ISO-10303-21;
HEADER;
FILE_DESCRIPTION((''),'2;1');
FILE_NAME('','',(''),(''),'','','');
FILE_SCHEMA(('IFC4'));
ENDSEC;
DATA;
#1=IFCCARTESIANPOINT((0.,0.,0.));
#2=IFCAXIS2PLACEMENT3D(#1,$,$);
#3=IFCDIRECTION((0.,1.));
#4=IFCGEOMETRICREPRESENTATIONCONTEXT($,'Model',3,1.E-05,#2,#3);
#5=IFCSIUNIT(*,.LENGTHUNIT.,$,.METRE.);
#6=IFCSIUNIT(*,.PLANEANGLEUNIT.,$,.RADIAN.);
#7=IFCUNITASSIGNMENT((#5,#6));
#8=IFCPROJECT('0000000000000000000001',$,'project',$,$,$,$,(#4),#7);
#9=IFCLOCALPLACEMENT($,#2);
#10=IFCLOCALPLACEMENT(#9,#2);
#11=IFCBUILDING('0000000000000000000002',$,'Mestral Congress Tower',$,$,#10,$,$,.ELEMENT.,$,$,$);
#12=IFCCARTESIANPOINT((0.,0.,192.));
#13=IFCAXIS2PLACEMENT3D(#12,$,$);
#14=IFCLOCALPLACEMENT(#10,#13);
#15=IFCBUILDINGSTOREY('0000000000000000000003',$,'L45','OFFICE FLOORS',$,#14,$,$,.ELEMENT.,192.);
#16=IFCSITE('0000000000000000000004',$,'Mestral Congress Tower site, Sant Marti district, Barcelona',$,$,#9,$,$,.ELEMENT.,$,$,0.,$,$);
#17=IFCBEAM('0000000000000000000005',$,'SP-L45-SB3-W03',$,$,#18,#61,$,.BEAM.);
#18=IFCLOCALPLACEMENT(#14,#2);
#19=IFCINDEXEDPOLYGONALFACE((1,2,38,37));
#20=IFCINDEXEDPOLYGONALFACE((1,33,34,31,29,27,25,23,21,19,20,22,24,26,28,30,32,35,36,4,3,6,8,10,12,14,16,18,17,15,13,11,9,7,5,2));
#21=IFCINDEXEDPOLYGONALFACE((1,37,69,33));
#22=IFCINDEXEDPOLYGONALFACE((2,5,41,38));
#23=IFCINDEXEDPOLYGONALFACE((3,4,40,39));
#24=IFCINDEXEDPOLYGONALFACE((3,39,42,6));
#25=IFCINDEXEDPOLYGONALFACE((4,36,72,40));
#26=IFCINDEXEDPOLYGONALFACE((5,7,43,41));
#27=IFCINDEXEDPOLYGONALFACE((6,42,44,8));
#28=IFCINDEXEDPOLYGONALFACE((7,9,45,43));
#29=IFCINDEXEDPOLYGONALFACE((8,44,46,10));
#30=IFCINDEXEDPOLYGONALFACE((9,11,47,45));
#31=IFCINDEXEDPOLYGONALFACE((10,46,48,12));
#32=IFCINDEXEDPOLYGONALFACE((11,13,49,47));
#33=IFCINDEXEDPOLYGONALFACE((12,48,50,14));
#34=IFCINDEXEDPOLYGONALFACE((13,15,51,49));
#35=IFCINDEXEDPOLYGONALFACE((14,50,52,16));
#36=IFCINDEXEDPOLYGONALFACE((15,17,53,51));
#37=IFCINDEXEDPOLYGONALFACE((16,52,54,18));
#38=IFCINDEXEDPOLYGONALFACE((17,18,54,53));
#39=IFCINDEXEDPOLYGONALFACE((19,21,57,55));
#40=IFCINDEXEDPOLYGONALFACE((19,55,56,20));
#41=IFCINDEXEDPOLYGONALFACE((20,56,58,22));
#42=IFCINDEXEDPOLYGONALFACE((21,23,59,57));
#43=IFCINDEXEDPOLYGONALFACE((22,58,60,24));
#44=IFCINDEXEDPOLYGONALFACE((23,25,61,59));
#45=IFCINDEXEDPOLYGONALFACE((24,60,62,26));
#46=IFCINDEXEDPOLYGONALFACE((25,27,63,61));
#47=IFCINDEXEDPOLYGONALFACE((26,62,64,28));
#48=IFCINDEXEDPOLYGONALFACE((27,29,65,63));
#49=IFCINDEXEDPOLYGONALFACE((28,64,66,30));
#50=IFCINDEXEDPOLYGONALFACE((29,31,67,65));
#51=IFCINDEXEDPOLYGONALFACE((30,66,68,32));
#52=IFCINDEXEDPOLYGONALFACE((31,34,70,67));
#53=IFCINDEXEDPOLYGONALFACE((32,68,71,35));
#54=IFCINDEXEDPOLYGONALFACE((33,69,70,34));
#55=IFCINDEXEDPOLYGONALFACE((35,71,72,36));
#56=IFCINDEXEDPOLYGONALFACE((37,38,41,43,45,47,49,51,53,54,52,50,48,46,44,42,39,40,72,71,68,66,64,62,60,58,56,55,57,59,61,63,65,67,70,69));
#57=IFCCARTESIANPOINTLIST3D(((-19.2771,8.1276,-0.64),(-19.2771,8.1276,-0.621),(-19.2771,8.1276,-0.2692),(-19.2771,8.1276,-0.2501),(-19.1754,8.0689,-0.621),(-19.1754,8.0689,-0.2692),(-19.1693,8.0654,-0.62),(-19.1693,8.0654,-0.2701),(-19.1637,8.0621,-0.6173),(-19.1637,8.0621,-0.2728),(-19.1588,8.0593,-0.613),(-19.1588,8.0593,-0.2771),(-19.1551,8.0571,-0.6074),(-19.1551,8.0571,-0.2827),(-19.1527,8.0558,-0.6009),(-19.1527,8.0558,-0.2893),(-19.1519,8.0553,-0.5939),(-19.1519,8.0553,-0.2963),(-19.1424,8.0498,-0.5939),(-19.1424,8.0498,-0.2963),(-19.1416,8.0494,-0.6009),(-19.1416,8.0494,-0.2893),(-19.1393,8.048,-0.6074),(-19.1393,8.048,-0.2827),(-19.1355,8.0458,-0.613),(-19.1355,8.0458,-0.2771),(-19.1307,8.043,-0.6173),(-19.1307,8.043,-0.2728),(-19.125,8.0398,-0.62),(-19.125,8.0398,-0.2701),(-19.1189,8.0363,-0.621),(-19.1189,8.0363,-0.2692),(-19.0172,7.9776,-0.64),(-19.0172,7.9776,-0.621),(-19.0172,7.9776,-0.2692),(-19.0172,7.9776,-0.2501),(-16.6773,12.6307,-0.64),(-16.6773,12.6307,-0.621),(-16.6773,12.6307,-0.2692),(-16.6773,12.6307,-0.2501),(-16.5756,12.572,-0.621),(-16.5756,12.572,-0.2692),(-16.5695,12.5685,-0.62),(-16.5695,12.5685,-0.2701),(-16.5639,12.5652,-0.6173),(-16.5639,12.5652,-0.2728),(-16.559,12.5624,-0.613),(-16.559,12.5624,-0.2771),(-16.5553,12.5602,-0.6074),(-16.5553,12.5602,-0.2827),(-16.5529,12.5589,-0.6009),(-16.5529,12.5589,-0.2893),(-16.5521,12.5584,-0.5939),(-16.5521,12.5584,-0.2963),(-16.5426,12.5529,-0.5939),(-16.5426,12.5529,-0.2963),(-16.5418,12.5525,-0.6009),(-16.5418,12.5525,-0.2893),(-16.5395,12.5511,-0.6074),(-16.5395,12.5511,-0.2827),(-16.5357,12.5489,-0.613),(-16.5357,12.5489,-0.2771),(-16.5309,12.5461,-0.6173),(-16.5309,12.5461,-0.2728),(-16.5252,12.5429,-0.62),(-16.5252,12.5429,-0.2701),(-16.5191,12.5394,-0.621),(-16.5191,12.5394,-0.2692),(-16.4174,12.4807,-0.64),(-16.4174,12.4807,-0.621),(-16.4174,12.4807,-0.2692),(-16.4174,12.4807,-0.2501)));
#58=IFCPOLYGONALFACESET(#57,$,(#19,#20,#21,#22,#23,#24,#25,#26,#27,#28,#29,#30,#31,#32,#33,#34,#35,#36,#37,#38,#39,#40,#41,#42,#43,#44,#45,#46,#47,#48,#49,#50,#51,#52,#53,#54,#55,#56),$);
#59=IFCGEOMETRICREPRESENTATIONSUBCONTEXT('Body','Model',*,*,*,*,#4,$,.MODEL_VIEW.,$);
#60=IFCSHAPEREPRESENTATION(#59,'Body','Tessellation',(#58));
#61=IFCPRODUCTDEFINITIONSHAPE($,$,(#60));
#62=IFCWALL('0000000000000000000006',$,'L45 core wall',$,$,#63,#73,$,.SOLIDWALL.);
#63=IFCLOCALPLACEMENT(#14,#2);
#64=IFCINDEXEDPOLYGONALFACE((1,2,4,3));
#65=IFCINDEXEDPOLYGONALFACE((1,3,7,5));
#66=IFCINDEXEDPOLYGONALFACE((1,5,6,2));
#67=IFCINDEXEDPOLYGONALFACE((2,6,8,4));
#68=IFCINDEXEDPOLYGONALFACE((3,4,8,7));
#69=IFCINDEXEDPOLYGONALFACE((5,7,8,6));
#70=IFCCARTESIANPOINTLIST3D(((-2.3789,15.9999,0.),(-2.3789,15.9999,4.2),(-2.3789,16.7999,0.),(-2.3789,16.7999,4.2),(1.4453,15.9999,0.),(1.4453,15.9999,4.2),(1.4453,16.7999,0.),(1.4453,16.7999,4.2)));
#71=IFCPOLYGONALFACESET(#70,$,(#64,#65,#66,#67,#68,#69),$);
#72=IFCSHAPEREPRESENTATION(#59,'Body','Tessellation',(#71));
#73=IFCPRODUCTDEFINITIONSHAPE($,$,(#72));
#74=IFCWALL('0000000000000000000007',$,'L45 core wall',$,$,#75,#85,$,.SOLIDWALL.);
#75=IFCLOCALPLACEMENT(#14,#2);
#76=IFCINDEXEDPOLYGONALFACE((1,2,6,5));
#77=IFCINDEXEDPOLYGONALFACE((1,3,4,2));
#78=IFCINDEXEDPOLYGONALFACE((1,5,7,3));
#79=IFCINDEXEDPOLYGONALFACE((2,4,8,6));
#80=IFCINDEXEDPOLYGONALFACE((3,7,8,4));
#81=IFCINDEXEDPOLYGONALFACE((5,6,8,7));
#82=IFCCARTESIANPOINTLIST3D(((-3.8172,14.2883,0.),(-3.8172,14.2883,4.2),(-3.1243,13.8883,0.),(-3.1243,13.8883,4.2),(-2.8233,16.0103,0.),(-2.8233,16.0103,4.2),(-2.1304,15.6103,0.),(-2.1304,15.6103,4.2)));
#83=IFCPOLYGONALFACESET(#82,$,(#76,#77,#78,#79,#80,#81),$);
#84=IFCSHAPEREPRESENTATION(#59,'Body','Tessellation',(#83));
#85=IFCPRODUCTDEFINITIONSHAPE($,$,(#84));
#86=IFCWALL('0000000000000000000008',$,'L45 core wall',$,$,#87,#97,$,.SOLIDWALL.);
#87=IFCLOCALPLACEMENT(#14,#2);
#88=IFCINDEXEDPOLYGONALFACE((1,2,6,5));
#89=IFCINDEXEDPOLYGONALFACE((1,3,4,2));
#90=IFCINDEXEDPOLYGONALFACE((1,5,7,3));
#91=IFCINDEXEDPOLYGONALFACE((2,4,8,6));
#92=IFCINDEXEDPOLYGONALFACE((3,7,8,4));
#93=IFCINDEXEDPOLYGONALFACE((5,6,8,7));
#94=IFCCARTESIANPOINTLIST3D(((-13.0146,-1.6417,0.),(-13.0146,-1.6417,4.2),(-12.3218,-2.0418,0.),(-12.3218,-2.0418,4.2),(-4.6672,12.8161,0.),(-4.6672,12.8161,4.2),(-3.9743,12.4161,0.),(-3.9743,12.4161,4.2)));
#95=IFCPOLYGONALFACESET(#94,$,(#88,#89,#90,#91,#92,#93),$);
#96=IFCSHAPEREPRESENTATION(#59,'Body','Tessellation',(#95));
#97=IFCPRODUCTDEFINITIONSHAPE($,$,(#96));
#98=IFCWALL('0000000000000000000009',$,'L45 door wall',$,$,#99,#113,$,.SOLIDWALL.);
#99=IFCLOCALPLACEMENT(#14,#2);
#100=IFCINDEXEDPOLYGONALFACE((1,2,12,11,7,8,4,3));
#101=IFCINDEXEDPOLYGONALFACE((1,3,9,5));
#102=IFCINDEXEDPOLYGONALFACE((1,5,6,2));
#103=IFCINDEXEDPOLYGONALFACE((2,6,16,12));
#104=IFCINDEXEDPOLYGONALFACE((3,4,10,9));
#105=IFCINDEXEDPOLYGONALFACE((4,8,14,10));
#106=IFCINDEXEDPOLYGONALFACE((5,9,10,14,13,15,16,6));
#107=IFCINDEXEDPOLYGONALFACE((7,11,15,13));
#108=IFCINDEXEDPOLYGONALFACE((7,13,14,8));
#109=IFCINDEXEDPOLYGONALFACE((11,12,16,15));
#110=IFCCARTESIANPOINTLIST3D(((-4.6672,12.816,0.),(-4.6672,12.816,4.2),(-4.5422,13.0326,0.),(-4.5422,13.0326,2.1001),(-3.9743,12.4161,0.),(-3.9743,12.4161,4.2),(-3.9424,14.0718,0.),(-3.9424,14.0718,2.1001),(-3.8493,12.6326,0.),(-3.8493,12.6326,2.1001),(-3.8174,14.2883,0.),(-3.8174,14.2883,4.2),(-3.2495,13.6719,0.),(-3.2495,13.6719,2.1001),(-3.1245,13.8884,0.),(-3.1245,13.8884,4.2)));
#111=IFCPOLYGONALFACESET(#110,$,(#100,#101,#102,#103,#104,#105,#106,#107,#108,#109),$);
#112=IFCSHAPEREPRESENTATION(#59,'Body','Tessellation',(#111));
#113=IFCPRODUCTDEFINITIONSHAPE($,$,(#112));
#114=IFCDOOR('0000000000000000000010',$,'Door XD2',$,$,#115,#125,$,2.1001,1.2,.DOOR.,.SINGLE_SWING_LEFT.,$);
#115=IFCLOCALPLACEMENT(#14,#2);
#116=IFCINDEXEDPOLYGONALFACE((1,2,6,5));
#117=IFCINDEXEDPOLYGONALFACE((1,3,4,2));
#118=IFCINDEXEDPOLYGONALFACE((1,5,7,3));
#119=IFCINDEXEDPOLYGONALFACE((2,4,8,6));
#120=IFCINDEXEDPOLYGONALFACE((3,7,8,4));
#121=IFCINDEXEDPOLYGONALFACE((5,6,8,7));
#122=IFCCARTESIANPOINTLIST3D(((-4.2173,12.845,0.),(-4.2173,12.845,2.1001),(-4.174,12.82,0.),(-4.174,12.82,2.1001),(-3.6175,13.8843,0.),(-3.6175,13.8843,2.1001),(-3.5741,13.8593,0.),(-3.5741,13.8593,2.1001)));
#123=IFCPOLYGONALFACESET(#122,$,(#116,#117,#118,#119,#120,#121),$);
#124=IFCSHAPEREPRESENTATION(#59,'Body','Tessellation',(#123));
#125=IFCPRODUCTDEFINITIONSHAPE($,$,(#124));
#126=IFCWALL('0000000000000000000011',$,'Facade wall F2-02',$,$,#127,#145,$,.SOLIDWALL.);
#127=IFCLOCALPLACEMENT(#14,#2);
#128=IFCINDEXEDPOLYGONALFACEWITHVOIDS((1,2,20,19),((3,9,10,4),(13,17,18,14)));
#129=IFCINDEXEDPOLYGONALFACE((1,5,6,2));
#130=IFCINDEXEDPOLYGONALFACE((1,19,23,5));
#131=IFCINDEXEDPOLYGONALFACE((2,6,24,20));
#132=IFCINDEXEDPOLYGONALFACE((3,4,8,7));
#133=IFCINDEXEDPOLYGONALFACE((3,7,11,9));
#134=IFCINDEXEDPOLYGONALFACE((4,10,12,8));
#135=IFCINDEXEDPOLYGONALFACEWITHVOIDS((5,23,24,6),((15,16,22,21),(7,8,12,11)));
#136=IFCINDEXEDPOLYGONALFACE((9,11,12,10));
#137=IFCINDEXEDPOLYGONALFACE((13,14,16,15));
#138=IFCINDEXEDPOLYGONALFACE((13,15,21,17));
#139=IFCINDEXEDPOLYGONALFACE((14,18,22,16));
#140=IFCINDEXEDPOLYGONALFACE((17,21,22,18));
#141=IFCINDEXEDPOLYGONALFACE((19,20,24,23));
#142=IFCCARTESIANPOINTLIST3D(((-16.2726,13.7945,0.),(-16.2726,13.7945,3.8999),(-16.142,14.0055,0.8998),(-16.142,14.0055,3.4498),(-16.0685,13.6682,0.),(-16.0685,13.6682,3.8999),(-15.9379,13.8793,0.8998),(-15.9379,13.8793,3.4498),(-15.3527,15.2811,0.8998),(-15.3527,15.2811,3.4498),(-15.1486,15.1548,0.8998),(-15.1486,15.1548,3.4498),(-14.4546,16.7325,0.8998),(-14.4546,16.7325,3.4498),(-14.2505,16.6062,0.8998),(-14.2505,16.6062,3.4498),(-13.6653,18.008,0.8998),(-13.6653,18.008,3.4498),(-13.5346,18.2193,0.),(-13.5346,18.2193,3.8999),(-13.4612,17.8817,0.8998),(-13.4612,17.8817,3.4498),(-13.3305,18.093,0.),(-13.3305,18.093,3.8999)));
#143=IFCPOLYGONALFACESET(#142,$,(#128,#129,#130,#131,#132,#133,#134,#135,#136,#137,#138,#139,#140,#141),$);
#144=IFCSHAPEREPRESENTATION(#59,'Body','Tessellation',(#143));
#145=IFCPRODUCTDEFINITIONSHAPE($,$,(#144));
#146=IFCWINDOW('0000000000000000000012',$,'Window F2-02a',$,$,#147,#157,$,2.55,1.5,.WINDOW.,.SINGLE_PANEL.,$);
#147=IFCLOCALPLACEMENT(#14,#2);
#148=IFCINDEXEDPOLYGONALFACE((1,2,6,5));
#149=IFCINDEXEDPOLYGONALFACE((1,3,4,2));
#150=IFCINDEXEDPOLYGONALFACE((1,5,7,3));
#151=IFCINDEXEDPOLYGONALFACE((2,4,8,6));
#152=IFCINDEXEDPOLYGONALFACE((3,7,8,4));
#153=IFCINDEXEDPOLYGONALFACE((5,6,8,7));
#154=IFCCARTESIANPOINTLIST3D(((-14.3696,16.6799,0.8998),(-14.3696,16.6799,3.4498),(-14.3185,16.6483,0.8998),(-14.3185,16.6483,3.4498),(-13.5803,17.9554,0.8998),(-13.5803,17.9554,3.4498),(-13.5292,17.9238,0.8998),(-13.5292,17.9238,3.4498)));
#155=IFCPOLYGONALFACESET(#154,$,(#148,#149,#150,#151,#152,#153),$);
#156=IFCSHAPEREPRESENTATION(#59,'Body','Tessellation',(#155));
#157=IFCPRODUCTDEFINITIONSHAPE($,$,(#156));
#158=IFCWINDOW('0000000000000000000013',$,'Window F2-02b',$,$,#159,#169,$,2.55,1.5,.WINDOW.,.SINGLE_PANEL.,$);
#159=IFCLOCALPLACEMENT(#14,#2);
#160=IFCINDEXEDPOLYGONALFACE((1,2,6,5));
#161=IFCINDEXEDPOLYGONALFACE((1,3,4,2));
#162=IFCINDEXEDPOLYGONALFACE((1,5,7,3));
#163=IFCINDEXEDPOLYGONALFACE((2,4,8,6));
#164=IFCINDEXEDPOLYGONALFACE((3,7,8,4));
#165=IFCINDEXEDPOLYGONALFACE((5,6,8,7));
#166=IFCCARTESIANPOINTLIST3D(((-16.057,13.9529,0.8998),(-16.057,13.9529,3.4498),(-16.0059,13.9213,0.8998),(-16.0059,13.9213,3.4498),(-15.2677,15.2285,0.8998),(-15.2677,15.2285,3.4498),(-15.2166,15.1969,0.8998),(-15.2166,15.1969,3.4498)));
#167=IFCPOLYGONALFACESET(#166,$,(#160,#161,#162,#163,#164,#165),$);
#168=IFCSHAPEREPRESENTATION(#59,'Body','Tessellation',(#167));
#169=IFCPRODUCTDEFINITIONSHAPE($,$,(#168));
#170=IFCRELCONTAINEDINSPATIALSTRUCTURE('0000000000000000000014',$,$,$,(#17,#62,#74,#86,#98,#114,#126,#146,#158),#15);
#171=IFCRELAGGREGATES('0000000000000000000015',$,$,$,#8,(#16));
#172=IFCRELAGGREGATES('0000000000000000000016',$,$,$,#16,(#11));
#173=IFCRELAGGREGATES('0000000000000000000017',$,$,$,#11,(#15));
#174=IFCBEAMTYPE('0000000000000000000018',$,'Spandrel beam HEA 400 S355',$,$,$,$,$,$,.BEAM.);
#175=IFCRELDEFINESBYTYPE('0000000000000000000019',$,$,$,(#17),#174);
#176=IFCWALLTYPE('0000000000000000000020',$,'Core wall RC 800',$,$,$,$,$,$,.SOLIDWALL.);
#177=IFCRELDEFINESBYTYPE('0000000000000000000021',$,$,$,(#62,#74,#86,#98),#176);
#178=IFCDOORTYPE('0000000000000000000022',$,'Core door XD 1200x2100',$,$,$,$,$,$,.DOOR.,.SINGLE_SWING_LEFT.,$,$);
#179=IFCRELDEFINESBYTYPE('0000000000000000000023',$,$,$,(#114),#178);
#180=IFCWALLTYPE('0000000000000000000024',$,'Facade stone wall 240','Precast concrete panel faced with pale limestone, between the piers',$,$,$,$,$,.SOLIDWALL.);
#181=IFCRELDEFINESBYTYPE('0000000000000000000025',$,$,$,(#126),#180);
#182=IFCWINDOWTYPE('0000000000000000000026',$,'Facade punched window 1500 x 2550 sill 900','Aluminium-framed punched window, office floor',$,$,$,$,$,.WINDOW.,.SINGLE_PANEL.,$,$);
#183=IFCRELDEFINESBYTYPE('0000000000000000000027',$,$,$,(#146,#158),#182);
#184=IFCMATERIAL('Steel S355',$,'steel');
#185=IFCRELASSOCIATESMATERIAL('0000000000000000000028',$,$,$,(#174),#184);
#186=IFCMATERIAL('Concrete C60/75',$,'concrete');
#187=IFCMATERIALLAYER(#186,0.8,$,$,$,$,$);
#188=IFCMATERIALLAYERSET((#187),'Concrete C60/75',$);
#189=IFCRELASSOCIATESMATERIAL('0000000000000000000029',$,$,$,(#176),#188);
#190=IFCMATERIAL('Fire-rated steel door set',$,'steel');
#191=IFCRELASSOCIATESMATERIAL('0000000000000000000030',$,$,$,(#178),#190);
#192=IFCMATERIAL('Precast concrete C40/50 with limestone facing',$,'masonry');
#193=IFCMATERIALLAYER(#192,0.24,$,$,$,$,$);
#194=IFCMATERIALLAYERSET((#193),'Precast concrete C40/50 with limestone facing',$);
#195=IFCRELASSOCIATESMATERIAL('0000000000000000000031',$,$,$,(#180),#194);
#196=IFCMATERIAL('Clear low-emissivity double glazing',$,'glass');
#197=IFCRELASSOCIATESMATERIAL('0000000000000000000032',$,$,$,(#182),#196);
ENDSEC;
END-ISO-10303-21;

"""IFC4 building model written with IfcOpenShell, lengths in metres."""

from ifc_helpers import new_model, si_unit, direction, frame, frame_2d, origin, origin_2d, place, context, subcontext, project, spatial, rectangle, i_section, extrude, material, layer, layer_set, material_profile, profile_set, type_object, element, fill, save


model = new_model("IFC4")

# Units and contexts
model_context = context("Model", 3, precision=1e-05, world=origin(), true_north=direction((0.0, 1.0)))
body_context = subcontext(model_context, "Body", "Model", "MODEL_VIEW")
ifc_project = project(units=[si_unit("LENGTHUNIT", "METRE"), si_unit("PLANEANGLEUNIT", "RADIAN")], contexts=[model_context])

# Site, building, storey
site_placement = place(None, origin())
site = spatial("IfcSite", under=ifc_project, at=site_placement, Name="Mestral Congress Tower site, Sant Marti district, Barcelona", CompositionType="ELEMENT", RefElevation=0.0)
building_placement = place(site_placement, origin())
building = spatial("IfcBuilding", under=site, at=building_placement, Name="Mestral Congress Tower", CompositionType="ELEMENT")
storey_placement = place(building_placement, frame((0.0, 0.0, 192.0)))
storey = spatial("IfcBuildingStorey", under=building, at=storey_placement, Name="L45", Description="OFFICE FLOORS", CompositionType="ELEMENT", Elevation=192.0)

# Shared definitions
ifc_material_1 = material(Name="Concrete C60/75", Category="concrete")

# Beam
ifc_material_2 = material(Name="Steel S355", Category="steel")
ifc_material_profile_1 = material_profile(ifc_material_2, i_section(OverallWidth=0.3, OverallDepth=0.3899, WebThickness=0.011, FlangeThickness=0.019, FilletRadius=0.0271, at=origin_2d()), Name="HEA 400")
ifc_profile_set_1 = profile_set([ifc_material_profile_1], Name="Steel S355")
beam_type_1 = type_object("IfcBeamType", Name="Spandrel beam HEA 400 S355", PredefinedType="BEAM", material=ifc_profile_set_1)
beam_1_placement = place(storey_placement, frame((-16.5474, 12.5557, -0.4451), z_axis=(-0.499992, -0.86603, 0.0), x_axis=(0.86603, -0.499992, 0.0)))
element("IfcBeam", 1, at=beam_1_placement, inside=storey, type_object=beam_type_1, Name="SP-L45-SB3-W03", PredefinedType="BEAM", context=body_context, shape_type="SweptSolid", body=[
    extrude(i_section(OverallWidth=0.3, OverallDepth=0.3899, WebThickness=0.011, FlangeThickness=0.019, FilletRadius=0.0271, at=origin_2d()), origin(), (0.0, 0.0, 1.0), 5.1997),
])

# Walls
ifc_layer_1 = layer(ifc_material_1, 0.8)
ifc_layer_set_1 = layer_set([ifc_layer_1], Name="Concrete C60/75")
wall_type_1 = type_object("IfcWallType", Name="Core wall RC 800", PredefinedType="SOLIDWALL", material=ifc_layer_set_1)
wall_1_placement = place(storey_placement, frame((-2.3789, 16.3999, 0.0), z_axis=(0.0, 0.0, 1.0), x_axis=(1.0, 0.0, 0.0)))
element("IfcWall", 2, at=wall_1_placement, inside=storey, type_object=wall_type_1, Name="L45 core wall", PredefinedType="SOLIDWALL", context=body_context, shape_type="SweptSolid", body=[
    extrude(rectangle(XDim=3.8242, YDim=0.8, at=frame_2d((1.9121, 0.0))), origin(), (0.0, 0.0, 1.0), 4.2),
])
wall_2_placement = place(storey_placement, frame((-2.4768, 15.8103, 0.0), z_axis=(0.0, 0.0, 1.0), x_axis=(-0.499903, -0.866081, 0.0)))
element("IfcWall", 3, at=wall_2_placement, inside=storey, type_object=wall_type_1, Name="L45 core wall", PredefinedType="SOLIDWALL", context=body_context, shape_type="SweptSolid", body=[
    extrude(rectangle(XDim=1.9883, YDim=0.8, at=frame_2d((0.9941, 0.0))), origin(), (0.0, 0.0, 1.0), 4.2),
])
wall_3_placement = place(storey_placement, frame((-4.3208, 12.616, 0.0), z_axis=(0.0, 0.0, 1.0), x_axis=(-0.50001, -0.86602, 0.0)))
element("IfcWall", 4, at=wall_3_placement, inside=storey, type_object=wall_type_1, Name="L45 core wall", PredefinedType="SOLIDWALL", context=body_context, shape_type="SweptSolid", body=[
    extrude(rectangle(XDim=16.6946, YDim=0.8, at=frame_2d((8.3472, 0.0))), origin(), (0.0, 0.0, 1.0), 4.2),
])

# Wall, opening, door
wall_4_placement = place(storey_placement, frame((-4.3208, 12.616, 0.0), z_axis=(0.0, 0.0, 1.0), x_axis=(0.499892, 0.866088, 0.0)))
wall_4 = element("IfcWall", 5, at=wall_4_placement, inside=storey, type_object=wall_type_1, Name="L45 door wall", PredefinedType="SOLIDWALL", context=body_context, shape_type="SweptSolid", body=[
    extrude(rectangle(XDim=1.7, YDim=0.8, at=frame_2d((0.8501, 0.0))), origin(), (0.0, 0.0, 1.0), 4.2),
])
opening_1_placement = place(wall_4_placement, frame((0.25, 0.0, 0.0)))
opening_1 = element("IfcOpeningElement", 6, at=opening_1_placement, cuts=wall_4, PredefinedType="OPENING", context=body_context, shape_type="SweptSolid", body=[
    extrude(rectangle(XDim=1.2, YDim=2.1001, at=frame_2d((0.6001, 1.05))), frame((0.0, 0.4099, 0.0), z_axis=(0.0, -1.0, 0.0), x_axis=(1.0, 0.0, 0.0)), (0.0, 0.0, 1.0), 0.8201),
])
ifc_material_3 = material(Name="Fire-rated steel door set", Category="steel")
door_type_1 = type_object("IfcDoorType", Name="Core door XD 1200x2100", OperationType="SINGLE_SWING_LEFT", PredefinedType="DOOR", material=ifc_material_3)
door_1_placement = place(opening_1_placement, origin())
door_1 = element("IfcDoor", 7, at=door_1_placement, inside=storey, type_object=door_type_1, Name="Door XD2", OperationType="SINGLE_SWING_LEFT", OverallHeight=2.1001, OverallWidth=1.2, PredefinedType="DOOR", context=body_context, shape_type="SweptSolid", body=[
    extrude(rectangle(XDim=1.2, YDim=2.1001, at=frame_2d((0.6001, 1.05))), frame((0.0, 0.0249, 0.0), z_axis=(0.0, -1.0, 0.0), x_axis=(1.0, 0.0, 0.0)), (0.0, 0.0, 1.0), 0.05),
])
fill(opening_1, door_1)

# Wall, openings, windows
ifc_material_4 = material(Name="Precast concrete C40/50 with limestone facing", Category="masonry")
ifc_layer_2 = layer(ifc_material_4, 0.24)
ifc_layer_set_2 = layer_set([ifc_layer_2], Name="Precast concrete C40/50 with limestone facing")
wall_type_2 = type_object("IfcWallType", Name="Facade stone wall 240", Description="Precast concrete panel faced with pale limestone, between the piers", PredefinedType="SOLIDWALL", material=ifc_layer_set_2)
wall_5_placement = place(storey_placement, frame((-13.4326, 18.156, 0.0), z_axis=(0.0, 0.0, 1.0), x_axis=(-0.526198, -0.850362, 0.0)))
wall_5 = element("IfcWall", 8, at=wall_5_placement, inside=storey, type_object=wall_type_2, Name="Facade wall F2-02", PredefinedType="SOLIDWALL", context=body_context, shape_type="SweptSolid", body=[
    extrude(rectangle(XDim=5.2034, YDim=0.24, at=frame_2d((2.6016, 0.0))), origin(), (0.0, 0.0, 1.0), 3.8999),
])
opening_2_placement = place(wall_5_placement, frame((0.2483, 0.0, 0.8999)))
opening_2 = element("IfcOpeningElement", 9, at=opening_2_placement, cuts=wall_5, PredefinedType="OPENING", context=body_context, shape_type="SweptSolid", body=[
    extrude(rectangle(XDim=1.5, YDim=2.55, at=frame_2d((0.75, 1.2749))), frame((0.0, 0.1299, 0.0), z_axis=(0.0, -1.0, 0.0), x_axis=(1.0, 0.0, 0.0)), (0.0, 0.0, 1.0), 0.26),
])
opening_3_placement = place(wall_5_placement, frame((3.4551, 0.0, 0.8999)))
opening_3 = element("IfcOpeningElement", 10, at=opening_3_placement, cuts=wall_5, PredefinedType="OPENING", context=body_context, shape_type="SweptSolid", body=[
    extrude(rectangle(XDim=1.5, YDim=2.55, at=frame_2d((0.75, 1.2749))), frame((0.0, 0.1299, 0.0), z_axis=(0.0, -1.0, 0.0), x_axis=(1.0, 0.0, 0.0)), (0.0, 0.0, 1.0), 0.26),
])
ifc_material_5 = material(Name="Clear low-emissivity double glazing", Category="glass")
window_type = type_object("IfcWindowType", Name="Facade punched window 1500 x 2550 sill 900", Description="Aluminium-framed punched window, office floor", PartitioningType="SINGLE_PANEL", PredefinedType="WINDOW", material=ifc_material_5)
window_1_placement = place(opening_2_placement, origin())
window_1 = element("IfcWindow", 11, at=window_1_placement, inside=storey, type_object=window_type, Name="Window F2-02a", OverallHeight=2.55, OverallWidth=1.5, PartitioningType="SINGLE_PANEL", PredefinedType="WINDOW", context=body_context, shape_type="SweptSolid", body=[
    extrude(rectangle(XDim=1.5, YDim=2.55, at=frame_2d((0.75, 1.2749))), frame((0.0, 0.04, 0.0), z_axis=(0.0, -1.0, 0.0), x_axis=(1.0, 0.0, 0.0)), (0.0, 0.0, 1.0), 0.0601),
])
fill(opening_2, window_1)
window_2_placement = place(opening_3_placement, origin())
window_2 = element("IfcWindow", 12, at=window_2_placement, inside=storey, type_object=window_type, Name="Window F2-02b", OverallHeight=2.55, OverallWidth=1.5, PartitioningType="SINGLE_PANEL", PredefinedType="WINDOW", context=body_context, shape_type="SweptSolid", body=[
    extrude(rectangle(XDim=1.5, YDim=2.55, at=frame_2d((0.75, 1.2749))), frame((0.0, 0.04, 0.0), z_axis=(0.0, -1.0, 0.0), x_axis=(1.0, 0.0, 0.0)), (0.0, 0.0, 1.0), 0.0601),
])
fill(opening_3, window_2)

save(model, "model.ifc")
